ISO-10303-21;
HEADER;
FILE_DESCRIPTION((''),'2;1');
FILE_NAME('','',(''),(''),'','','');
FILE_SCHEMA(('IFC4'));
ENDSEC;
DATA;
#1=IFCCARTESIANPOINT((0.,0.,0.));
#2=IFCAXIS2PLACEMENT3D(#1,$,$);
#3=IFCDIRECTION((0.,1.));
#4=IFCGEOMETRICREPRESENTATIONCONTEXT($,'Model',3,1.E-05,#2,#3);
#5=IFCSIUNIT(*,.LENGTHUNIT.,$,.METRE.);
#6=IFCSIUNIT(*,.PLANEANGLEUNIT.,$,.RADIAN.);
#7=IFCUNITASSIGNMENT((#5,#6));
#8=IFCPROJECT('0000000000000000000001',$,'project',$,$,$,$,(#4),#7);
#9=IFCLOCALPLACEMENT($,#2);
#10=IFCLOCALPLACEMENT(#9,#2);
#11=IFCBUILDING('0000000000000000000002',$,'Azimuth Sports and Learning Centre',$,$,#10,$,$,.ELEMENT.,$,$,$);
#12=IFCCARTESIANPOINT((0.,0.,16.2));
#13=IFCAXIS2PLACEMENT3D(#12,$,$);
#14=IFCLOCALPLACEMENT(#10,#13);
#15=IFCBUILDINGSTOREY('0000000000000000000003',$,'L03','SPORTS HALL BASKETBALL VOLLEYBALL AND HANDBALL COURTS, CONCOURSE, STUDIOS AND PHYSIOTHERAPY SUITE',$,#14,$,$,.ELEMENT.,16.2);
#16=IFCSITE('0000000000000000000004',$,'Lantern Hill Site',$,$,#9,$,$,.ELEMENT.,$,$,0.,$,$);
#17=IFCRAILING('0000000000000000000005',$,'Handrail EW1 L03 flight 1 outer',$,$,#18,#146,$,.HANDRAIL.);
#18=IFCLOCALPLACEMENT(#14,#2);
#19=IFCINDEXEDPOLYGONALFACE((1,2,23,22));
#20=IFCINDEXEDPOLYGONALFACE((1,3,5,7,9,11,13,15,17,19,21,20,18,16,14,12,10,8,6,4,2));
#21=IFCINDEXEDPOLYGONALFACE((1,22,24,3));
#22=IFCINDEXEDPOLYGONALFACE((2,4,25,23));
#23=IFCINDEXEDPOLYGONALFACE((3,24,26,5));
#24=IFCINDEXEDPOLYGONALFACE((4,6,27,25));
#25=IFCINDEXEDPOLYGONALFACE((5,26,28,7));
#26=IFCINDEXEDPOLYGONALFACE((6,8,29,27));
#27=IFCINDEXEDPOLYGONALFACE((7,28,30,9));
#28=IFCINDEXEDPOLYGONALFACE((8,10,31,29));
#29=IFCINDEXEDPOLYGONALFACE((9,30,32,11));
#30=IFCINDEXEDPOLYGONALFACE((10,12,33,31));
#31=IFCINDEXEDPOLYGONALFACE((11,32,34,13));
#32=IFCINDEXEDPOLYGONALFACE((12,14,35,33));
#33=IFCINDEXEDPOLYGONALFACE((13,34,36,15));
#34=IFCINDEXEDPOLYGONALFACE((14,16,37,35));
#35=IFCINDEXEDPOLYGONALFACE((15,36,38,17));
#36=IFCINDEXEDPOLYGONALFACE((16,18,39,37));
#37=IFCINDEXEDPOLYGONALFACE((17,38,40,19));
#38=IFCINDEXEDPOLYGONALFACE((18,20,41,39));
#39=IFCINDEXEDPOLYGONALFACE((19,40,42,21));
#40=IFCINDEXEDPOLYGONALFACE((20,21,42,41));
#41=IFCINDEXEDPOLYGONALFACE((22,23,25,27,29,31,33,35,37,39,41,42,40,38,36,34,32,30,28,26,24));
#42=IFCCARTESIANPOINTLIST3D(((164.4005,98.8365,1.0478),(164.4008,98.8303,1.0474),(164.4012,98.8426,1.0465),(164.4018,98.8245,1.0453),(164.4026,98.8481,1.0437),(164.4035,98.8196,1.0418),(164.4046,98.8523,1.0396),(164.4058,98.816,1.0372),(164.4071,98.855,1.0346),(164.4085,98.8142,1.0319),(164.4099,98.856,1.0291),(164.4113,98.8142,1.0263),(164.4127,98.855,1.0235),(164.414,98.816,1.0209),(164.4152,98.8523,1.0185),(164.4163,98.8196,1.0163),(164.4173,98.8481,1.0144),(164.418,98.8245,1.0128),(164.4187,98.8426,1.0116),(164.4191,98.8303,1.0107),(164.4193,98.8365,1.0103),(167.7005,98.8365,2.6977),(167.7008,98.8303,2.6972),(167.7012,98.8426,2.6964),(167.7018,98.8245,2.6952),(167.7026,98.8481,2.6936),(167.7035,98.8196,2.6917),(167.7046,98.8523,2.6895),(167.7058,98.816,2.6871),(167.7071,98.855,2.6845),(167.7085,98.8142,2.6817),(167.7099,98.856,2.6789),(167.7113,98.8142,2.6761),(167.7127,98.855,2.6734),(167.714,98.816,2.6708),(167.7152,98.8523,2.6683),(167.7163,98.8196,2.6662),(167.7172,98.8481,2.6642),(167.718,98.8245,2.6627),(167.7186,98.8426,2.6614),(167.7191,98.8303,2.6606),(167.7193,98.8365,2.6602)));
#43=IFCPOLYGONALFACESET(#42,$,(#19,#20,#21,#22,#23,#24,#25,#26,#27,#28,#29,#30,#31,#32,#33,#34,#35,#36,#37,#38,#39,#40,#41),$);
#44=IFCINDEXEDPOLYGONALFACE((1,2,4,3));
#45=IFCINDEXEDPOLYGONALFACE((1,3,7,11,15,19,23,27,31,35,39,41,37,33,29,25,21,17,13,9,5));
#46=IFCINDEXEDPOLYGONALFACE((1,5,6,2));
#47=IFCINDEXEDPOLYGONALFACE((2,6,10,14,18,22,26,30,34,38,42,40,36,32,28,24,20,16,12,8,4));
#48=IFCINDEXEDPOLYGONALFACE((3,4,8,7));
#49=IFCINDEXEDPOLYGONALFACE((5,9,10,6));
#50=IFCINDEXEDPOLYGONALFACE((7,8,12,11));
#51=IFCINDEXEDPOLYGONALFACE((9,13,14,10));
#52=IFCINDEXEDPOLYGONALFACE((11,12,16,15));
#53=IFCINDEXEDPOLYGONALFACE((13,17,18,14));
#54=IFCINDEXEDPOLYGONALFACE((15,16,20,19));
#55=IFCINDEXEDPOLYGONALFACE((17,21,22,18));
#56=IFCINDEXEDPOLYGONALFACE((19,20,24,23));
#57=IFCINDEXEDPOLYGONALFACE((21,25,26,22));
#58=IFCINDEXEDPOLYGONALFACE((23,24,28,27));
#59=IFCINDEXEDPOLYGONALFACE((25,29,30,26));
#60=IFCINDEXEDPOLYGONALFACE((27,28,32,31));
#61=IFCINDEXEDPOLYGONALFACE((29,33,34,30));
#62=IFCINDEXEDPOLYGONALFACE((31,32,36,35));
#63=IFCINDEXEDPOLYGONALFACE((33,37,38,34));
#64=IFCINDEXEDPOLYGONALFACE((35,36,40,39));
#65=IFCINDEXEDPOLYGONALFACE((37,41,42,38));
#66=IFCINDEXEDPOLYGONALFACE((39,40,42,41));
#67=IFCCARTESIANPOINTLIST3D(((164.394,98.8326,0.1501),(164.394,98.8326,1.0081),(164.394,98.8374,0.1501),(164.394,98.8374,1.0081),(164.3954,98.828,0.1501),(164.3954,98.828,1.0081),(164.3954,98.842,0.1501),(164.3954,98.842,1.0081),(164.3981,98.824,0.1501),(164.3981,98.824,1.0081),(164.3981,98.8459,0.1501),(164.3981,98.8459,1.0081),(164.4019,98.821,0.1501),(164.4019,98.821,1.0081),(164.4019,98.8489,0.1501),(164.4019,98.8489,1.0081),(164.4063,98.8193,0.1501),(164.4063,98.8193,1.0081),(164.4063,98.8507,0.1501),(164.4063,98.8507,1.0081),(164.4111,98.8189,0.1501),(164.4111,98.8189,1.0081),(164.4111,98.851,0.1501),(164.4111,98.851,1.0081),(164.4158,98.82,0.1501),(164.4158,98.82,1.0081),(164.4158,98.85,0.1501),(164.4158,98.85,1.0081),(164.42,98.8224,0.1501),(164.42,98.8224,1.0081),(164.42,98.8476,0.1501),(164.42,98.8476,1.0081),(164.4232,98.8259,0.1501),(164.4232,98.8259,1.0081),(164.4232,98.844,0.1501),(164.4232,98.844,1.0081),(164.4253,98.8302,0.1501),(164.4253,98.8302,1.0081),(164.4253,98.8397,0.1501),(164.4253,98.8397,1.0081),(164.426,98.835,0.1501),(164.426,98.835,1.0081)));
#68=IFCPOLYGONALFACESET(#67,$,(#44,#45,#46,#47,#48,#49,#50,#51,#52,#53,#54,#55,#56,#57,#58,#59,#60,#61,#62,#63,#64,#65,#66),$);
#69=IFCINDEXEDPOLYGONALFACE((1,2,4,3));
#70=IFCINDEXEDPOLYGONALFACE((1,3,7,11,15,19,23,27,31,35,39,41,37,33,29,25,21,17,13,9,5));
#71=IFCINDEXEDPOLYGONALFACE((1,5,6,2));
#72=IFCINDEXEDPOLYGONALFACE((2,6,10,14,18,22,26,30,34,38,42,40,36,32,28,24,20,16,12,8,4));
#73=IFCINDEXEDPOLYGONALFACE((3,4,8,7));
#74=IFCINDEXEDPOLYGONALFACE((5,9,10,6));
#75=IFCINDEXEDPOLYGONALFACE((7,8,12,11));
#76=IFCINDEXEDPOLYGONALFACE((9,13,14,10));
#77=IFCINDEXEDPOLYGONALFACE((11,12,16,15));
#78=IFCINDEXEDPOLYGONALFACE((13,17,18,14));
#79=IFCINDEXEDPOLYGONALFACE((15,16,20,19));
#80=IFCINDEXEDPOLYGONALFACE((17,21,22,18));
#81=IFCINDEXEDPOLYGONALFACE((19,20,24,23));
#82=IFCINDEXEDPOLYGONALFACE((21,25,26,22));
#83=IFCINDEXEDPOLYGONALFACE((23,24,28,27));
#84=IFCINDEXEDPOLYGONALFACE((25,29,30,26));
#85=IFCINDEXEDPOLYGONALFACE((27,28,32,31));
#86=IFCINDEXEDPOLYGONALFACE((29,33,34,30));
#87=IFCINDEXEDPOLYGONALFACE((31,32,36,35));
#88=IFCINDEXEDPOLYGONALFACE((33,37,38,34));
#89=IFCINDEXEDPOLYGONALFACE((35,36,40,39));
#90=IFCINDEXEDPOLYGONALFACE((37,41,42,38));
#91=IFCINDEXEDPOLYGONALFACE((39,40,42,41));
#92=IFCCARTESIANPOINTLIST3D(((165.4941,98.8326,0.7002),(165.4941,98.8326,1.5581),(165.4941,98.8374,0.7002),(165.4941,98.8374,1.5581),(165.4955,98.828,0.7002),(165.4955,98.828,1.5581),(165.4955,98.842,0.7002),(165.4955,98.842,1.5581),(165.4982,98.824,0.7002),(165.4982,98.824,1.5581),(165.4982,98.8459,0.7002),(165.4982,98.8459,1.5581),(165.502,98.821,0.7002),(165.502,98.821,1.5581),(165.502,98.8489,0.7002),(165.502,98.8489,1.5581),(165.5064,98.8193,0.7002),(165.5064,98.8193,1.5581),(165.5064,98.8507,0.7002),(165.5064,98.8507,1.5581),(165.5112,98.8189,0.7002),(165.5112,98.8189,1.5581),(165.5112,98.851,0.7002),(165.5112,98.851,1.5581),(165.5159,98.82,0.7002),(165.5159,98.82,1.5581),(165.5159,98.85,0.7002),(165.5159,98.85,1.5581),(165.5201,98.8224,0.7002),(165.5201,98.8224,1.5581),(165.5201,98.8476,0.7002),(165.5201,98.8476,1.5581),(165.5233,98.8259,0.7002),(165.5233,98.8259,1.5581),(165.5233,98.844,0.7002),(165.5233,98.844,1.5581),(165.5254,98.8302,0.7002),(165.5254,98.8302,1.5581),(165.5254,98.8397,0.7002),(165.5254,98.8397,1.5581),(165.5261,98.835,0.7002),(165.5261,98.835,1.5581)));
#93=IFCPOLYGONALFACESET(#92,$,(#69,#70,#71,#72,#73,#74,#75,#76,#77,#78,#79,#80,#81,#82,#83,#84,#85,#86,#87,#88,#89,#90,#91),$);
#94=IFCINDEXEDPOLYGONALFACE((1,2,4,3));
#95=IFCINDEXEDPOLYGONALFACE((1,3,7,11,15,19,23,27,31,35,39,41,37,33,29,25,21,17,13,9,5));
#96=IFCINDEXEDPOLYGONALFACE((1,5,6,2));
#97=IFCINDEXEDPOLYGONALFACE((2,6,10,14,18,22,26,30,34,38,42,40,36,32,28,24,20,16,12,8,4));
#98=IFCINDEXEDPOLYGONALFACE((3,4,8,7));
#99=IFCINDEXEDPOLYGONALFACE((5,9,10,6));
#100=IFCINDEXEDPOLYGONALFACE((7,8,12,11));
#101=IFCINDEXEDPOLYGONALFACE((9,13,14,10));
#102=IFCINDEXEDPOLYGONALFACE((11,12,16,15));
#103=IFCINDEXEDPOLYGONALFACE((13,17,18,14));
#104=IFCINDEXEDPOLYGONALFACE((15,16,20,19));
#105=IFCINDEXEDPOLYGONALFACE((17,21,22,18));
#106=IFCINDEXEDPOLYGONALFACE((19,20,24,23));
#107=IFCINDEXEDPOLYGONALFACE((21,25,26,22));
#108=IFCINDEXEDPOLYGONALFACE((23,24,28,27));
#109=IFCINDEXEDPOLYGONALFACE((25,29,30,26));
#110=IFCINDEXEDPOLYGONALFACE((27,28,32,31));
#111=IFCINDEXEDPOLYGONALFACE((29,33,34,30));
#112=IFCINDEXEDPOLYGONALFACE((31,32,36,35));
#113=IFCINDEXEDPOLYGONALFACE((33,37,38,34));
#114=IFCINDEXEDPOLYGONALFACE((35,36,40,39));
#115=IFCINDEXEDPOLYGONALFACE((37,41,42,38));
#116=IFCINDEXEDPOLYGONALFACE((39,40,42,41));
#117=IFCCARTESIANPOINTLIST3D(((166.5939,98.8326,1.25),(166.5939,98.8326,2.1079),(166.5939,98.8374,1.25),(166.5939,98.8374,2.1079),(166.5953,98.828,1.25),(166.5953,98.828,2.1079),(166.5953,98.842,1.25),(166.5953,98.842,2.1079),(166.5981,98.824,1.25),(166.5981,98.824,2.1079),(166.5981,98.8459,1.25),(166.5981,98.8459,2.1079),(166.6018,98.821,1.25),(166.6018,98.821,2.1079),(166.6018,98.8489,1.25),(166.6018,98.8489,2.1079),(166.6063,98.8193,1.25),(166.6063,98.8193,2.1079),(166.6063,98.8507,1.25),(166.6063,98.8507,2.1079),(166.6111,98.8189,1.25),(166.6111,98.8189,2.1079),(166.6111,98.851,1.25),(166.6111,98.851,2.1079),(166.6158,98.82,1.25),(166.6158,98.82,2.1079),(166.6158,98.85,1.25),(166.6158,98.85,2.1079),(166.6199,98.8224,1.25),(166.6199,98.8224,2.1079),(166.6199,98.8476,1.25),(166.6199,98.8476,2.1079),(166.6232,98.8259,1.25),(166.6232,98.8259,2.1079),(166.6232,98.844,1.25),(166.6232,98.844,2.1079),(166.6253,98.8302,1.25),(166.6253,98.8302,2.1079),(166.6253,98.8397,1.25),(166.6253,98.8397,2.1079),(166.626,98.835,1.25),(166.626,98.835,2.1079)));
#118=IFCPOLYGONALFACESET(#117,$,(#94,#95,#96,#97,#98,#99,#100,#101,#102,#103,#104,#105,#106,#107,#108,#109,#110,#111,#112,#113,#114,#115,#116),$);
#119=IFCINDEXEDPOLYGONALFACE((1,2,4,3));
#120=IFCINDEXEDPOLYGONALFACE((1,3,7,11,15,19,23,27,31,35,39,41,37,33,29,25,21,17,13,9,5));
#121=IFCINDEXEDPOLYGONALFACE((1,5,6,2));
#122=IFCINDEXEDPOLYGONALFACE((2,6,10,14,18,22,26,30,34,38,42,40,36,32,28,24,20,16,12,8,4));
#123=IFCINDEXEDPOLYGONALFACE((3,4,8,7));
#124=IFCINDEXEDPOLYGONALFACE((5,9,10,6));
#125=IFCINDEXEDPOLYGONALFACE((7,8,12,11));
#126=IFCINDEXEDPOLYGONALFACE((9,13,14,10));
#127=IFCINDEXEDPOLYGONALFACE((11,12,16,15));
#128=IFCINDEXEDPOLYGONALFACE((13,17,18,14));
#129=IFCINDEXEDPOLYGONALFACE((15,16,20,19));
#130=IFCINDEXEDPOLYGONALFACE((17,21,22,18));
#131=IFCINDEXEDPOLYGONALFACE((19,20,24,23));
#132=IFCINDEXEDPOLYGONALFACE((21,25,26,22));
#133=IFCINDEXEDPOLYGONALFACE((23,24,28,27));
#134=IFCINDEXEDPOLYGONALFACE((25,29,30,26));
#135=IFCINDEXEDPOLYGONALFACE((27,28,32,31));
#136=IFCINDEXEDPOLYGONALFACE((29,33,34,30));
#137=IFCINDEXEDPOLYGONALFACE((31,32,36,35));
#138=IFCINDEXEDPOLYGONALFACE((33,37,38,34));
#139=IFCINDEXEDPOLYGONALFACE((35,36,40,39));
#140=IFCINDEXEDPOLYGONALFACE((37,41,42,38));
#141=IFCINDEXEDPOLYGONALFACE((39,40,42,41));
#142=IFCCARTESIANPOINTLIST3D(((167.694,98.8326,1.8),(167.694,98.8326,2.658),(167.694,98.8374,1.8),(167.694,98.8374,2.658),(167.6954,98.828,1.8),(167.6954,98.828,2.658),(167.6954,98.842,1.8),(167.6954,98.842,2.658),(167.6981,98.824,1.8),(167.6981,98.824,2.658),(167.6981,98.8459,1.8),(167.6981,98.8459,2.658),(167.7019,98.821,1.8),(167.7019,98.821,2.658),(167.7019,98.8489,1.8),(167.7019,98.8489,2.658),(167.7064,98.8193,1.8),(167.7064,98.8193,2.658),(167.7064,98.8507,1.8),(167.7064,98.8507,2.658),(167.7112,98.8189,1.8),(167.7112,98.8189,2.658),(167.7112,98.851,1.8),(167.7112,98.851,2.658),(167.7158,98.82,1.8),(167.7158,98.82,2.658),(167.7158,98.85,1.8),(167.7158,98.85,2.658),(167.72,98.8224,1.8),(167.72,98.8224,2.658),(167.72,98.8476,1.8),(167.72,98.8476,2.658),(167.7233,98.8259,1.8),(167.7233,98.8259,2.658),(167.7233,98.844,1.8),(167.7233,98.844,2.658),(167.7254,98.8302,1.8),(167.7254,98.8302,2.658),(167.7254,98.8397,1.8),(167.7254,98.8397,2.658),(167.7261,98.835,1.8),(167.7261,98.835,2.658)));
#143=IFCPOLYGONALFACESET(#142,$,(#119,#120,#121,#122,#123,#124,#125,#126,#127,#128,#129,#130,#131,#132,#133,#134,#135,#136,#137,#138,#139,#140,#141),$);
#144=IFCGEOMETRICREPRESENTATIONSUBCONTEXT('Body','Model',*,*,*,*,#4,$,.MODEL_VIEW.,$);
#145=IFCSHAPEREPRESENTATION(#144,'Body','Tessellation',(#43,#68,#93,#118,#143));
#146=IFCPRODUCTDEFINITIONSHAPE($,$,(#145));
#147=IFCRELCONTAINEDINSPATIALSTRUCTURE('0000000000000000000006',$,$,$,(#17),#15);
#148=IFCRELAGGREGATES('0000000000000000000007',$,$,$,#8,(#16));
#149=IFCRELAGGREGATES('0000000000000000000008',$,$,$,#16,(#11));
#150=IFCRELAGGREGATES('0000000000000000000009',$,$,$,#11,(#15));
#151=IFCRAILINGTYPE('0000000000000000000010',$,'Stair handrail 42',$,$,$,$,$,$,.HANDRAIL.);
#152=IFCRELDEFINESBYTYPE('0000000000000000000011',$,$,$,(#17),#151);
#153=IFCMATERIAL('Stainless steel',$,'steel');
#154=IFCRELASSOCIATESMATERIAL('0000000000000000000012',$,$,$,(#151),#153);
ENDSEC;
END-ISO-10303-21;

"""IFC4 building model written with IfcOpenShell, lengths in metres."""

from ifc_helpers import new_model, si_unit, direction, frame, origin, origin_2d, place, context, subcontext, project, spatial, circle, extrude, material, type_object, element, save


model = new_model("IFC4")

# Units and contexts
model_context = context("Model", 3, precision=1e-05, world=origin(), true_north=direction((0.0, 1.0)))
body_context = subcontext(model_context, "Body", "Model", "MODEL_VIEW")
ifc_project = project(units=[si_unit("LENGTHUNIT", "METRE"), si_unit("PLANEANGLEUNIT", "RADIAN")], contexts=[model_context])

# Site, building, storey
site_placement = place(None, origin())
site = spatial("IfcSite", under=ifc_project, at=site_placement, Name="Lantern Hill Site", CompositionType="ELEMENT", RefElevation=0.0)
building_placement = place(site_placement, origin())
building = spatial("IfcBuilding", under=site, at=building_placement, Name="Azimuth Sports and Learning Centre", CompositionType="ELEMENT")
storey_placement = place(building_placement, frame((0.0, 0.0, 16.2)))
storey = spatial("IfcBuildingStorey", under=building, at=storey_placement, Name="L03", Description="SPORTS HALL BASKETBALL VOLLEYBALL AND HANDBALL COURTS, CONCOURSE, STUDIOS AND PHYSIOTHERAPY SUITE", CompositionType="ELEMENT", Elevation=16.2)

# Railing
ifc_material_1 = material(Name="Stainless steel", Category="steel")
railing_type = type_object("IfcRailingType", Name="Stair handrail 42", PredefinedType="HANDRAIL", material=ifc_material_1)
for number, where, name in (
    (1, (164.4099, 98.835, 0.1501), "Handrail EW1 L03 flight 1 outer"),
):
    element("IfcRailing", number, at=place(storey_placement, frame(where)), inside=storey, type_object=railing_type, Name=name, PredefinedType="HANDRAIL", context=body_context, shape_type="SweptSolid", body=[
        extrude(circle(Radius=0.021, at=origin_2d()), frame((0.0, 0.0, 0.8789), z_axis=(0.89444, 0.0, 0.447187), x_axis=(0.0, 1.0, 0.0)), (0.0, 0.0, 1.0), 3.6895),
        extrude(circle(Radius=0.0161, at=origin_2d()), origin(), (0.0, 0.0, 1.0), 0.8579),
        extrude(circle(Radius=0.0161, at=origin_2d()), frame((1.1001, 0.0, 0.55)), (0.0, 0.0, 1.0), 0.8579),
        extrude(circle(Radius=0.0161, at=origin_2d()), frame((2.2, 0.0, 1.0999)), (0.0, 0.0, 1.0), 0.8579),
        extrude(circle(Radius=0.0161, at=origin_2d()), frame((3.3, 0.0, 1.6499)), (0.0, 0.0, 1.0), 0.8579),
    ])

save(model, "model.ifc")
